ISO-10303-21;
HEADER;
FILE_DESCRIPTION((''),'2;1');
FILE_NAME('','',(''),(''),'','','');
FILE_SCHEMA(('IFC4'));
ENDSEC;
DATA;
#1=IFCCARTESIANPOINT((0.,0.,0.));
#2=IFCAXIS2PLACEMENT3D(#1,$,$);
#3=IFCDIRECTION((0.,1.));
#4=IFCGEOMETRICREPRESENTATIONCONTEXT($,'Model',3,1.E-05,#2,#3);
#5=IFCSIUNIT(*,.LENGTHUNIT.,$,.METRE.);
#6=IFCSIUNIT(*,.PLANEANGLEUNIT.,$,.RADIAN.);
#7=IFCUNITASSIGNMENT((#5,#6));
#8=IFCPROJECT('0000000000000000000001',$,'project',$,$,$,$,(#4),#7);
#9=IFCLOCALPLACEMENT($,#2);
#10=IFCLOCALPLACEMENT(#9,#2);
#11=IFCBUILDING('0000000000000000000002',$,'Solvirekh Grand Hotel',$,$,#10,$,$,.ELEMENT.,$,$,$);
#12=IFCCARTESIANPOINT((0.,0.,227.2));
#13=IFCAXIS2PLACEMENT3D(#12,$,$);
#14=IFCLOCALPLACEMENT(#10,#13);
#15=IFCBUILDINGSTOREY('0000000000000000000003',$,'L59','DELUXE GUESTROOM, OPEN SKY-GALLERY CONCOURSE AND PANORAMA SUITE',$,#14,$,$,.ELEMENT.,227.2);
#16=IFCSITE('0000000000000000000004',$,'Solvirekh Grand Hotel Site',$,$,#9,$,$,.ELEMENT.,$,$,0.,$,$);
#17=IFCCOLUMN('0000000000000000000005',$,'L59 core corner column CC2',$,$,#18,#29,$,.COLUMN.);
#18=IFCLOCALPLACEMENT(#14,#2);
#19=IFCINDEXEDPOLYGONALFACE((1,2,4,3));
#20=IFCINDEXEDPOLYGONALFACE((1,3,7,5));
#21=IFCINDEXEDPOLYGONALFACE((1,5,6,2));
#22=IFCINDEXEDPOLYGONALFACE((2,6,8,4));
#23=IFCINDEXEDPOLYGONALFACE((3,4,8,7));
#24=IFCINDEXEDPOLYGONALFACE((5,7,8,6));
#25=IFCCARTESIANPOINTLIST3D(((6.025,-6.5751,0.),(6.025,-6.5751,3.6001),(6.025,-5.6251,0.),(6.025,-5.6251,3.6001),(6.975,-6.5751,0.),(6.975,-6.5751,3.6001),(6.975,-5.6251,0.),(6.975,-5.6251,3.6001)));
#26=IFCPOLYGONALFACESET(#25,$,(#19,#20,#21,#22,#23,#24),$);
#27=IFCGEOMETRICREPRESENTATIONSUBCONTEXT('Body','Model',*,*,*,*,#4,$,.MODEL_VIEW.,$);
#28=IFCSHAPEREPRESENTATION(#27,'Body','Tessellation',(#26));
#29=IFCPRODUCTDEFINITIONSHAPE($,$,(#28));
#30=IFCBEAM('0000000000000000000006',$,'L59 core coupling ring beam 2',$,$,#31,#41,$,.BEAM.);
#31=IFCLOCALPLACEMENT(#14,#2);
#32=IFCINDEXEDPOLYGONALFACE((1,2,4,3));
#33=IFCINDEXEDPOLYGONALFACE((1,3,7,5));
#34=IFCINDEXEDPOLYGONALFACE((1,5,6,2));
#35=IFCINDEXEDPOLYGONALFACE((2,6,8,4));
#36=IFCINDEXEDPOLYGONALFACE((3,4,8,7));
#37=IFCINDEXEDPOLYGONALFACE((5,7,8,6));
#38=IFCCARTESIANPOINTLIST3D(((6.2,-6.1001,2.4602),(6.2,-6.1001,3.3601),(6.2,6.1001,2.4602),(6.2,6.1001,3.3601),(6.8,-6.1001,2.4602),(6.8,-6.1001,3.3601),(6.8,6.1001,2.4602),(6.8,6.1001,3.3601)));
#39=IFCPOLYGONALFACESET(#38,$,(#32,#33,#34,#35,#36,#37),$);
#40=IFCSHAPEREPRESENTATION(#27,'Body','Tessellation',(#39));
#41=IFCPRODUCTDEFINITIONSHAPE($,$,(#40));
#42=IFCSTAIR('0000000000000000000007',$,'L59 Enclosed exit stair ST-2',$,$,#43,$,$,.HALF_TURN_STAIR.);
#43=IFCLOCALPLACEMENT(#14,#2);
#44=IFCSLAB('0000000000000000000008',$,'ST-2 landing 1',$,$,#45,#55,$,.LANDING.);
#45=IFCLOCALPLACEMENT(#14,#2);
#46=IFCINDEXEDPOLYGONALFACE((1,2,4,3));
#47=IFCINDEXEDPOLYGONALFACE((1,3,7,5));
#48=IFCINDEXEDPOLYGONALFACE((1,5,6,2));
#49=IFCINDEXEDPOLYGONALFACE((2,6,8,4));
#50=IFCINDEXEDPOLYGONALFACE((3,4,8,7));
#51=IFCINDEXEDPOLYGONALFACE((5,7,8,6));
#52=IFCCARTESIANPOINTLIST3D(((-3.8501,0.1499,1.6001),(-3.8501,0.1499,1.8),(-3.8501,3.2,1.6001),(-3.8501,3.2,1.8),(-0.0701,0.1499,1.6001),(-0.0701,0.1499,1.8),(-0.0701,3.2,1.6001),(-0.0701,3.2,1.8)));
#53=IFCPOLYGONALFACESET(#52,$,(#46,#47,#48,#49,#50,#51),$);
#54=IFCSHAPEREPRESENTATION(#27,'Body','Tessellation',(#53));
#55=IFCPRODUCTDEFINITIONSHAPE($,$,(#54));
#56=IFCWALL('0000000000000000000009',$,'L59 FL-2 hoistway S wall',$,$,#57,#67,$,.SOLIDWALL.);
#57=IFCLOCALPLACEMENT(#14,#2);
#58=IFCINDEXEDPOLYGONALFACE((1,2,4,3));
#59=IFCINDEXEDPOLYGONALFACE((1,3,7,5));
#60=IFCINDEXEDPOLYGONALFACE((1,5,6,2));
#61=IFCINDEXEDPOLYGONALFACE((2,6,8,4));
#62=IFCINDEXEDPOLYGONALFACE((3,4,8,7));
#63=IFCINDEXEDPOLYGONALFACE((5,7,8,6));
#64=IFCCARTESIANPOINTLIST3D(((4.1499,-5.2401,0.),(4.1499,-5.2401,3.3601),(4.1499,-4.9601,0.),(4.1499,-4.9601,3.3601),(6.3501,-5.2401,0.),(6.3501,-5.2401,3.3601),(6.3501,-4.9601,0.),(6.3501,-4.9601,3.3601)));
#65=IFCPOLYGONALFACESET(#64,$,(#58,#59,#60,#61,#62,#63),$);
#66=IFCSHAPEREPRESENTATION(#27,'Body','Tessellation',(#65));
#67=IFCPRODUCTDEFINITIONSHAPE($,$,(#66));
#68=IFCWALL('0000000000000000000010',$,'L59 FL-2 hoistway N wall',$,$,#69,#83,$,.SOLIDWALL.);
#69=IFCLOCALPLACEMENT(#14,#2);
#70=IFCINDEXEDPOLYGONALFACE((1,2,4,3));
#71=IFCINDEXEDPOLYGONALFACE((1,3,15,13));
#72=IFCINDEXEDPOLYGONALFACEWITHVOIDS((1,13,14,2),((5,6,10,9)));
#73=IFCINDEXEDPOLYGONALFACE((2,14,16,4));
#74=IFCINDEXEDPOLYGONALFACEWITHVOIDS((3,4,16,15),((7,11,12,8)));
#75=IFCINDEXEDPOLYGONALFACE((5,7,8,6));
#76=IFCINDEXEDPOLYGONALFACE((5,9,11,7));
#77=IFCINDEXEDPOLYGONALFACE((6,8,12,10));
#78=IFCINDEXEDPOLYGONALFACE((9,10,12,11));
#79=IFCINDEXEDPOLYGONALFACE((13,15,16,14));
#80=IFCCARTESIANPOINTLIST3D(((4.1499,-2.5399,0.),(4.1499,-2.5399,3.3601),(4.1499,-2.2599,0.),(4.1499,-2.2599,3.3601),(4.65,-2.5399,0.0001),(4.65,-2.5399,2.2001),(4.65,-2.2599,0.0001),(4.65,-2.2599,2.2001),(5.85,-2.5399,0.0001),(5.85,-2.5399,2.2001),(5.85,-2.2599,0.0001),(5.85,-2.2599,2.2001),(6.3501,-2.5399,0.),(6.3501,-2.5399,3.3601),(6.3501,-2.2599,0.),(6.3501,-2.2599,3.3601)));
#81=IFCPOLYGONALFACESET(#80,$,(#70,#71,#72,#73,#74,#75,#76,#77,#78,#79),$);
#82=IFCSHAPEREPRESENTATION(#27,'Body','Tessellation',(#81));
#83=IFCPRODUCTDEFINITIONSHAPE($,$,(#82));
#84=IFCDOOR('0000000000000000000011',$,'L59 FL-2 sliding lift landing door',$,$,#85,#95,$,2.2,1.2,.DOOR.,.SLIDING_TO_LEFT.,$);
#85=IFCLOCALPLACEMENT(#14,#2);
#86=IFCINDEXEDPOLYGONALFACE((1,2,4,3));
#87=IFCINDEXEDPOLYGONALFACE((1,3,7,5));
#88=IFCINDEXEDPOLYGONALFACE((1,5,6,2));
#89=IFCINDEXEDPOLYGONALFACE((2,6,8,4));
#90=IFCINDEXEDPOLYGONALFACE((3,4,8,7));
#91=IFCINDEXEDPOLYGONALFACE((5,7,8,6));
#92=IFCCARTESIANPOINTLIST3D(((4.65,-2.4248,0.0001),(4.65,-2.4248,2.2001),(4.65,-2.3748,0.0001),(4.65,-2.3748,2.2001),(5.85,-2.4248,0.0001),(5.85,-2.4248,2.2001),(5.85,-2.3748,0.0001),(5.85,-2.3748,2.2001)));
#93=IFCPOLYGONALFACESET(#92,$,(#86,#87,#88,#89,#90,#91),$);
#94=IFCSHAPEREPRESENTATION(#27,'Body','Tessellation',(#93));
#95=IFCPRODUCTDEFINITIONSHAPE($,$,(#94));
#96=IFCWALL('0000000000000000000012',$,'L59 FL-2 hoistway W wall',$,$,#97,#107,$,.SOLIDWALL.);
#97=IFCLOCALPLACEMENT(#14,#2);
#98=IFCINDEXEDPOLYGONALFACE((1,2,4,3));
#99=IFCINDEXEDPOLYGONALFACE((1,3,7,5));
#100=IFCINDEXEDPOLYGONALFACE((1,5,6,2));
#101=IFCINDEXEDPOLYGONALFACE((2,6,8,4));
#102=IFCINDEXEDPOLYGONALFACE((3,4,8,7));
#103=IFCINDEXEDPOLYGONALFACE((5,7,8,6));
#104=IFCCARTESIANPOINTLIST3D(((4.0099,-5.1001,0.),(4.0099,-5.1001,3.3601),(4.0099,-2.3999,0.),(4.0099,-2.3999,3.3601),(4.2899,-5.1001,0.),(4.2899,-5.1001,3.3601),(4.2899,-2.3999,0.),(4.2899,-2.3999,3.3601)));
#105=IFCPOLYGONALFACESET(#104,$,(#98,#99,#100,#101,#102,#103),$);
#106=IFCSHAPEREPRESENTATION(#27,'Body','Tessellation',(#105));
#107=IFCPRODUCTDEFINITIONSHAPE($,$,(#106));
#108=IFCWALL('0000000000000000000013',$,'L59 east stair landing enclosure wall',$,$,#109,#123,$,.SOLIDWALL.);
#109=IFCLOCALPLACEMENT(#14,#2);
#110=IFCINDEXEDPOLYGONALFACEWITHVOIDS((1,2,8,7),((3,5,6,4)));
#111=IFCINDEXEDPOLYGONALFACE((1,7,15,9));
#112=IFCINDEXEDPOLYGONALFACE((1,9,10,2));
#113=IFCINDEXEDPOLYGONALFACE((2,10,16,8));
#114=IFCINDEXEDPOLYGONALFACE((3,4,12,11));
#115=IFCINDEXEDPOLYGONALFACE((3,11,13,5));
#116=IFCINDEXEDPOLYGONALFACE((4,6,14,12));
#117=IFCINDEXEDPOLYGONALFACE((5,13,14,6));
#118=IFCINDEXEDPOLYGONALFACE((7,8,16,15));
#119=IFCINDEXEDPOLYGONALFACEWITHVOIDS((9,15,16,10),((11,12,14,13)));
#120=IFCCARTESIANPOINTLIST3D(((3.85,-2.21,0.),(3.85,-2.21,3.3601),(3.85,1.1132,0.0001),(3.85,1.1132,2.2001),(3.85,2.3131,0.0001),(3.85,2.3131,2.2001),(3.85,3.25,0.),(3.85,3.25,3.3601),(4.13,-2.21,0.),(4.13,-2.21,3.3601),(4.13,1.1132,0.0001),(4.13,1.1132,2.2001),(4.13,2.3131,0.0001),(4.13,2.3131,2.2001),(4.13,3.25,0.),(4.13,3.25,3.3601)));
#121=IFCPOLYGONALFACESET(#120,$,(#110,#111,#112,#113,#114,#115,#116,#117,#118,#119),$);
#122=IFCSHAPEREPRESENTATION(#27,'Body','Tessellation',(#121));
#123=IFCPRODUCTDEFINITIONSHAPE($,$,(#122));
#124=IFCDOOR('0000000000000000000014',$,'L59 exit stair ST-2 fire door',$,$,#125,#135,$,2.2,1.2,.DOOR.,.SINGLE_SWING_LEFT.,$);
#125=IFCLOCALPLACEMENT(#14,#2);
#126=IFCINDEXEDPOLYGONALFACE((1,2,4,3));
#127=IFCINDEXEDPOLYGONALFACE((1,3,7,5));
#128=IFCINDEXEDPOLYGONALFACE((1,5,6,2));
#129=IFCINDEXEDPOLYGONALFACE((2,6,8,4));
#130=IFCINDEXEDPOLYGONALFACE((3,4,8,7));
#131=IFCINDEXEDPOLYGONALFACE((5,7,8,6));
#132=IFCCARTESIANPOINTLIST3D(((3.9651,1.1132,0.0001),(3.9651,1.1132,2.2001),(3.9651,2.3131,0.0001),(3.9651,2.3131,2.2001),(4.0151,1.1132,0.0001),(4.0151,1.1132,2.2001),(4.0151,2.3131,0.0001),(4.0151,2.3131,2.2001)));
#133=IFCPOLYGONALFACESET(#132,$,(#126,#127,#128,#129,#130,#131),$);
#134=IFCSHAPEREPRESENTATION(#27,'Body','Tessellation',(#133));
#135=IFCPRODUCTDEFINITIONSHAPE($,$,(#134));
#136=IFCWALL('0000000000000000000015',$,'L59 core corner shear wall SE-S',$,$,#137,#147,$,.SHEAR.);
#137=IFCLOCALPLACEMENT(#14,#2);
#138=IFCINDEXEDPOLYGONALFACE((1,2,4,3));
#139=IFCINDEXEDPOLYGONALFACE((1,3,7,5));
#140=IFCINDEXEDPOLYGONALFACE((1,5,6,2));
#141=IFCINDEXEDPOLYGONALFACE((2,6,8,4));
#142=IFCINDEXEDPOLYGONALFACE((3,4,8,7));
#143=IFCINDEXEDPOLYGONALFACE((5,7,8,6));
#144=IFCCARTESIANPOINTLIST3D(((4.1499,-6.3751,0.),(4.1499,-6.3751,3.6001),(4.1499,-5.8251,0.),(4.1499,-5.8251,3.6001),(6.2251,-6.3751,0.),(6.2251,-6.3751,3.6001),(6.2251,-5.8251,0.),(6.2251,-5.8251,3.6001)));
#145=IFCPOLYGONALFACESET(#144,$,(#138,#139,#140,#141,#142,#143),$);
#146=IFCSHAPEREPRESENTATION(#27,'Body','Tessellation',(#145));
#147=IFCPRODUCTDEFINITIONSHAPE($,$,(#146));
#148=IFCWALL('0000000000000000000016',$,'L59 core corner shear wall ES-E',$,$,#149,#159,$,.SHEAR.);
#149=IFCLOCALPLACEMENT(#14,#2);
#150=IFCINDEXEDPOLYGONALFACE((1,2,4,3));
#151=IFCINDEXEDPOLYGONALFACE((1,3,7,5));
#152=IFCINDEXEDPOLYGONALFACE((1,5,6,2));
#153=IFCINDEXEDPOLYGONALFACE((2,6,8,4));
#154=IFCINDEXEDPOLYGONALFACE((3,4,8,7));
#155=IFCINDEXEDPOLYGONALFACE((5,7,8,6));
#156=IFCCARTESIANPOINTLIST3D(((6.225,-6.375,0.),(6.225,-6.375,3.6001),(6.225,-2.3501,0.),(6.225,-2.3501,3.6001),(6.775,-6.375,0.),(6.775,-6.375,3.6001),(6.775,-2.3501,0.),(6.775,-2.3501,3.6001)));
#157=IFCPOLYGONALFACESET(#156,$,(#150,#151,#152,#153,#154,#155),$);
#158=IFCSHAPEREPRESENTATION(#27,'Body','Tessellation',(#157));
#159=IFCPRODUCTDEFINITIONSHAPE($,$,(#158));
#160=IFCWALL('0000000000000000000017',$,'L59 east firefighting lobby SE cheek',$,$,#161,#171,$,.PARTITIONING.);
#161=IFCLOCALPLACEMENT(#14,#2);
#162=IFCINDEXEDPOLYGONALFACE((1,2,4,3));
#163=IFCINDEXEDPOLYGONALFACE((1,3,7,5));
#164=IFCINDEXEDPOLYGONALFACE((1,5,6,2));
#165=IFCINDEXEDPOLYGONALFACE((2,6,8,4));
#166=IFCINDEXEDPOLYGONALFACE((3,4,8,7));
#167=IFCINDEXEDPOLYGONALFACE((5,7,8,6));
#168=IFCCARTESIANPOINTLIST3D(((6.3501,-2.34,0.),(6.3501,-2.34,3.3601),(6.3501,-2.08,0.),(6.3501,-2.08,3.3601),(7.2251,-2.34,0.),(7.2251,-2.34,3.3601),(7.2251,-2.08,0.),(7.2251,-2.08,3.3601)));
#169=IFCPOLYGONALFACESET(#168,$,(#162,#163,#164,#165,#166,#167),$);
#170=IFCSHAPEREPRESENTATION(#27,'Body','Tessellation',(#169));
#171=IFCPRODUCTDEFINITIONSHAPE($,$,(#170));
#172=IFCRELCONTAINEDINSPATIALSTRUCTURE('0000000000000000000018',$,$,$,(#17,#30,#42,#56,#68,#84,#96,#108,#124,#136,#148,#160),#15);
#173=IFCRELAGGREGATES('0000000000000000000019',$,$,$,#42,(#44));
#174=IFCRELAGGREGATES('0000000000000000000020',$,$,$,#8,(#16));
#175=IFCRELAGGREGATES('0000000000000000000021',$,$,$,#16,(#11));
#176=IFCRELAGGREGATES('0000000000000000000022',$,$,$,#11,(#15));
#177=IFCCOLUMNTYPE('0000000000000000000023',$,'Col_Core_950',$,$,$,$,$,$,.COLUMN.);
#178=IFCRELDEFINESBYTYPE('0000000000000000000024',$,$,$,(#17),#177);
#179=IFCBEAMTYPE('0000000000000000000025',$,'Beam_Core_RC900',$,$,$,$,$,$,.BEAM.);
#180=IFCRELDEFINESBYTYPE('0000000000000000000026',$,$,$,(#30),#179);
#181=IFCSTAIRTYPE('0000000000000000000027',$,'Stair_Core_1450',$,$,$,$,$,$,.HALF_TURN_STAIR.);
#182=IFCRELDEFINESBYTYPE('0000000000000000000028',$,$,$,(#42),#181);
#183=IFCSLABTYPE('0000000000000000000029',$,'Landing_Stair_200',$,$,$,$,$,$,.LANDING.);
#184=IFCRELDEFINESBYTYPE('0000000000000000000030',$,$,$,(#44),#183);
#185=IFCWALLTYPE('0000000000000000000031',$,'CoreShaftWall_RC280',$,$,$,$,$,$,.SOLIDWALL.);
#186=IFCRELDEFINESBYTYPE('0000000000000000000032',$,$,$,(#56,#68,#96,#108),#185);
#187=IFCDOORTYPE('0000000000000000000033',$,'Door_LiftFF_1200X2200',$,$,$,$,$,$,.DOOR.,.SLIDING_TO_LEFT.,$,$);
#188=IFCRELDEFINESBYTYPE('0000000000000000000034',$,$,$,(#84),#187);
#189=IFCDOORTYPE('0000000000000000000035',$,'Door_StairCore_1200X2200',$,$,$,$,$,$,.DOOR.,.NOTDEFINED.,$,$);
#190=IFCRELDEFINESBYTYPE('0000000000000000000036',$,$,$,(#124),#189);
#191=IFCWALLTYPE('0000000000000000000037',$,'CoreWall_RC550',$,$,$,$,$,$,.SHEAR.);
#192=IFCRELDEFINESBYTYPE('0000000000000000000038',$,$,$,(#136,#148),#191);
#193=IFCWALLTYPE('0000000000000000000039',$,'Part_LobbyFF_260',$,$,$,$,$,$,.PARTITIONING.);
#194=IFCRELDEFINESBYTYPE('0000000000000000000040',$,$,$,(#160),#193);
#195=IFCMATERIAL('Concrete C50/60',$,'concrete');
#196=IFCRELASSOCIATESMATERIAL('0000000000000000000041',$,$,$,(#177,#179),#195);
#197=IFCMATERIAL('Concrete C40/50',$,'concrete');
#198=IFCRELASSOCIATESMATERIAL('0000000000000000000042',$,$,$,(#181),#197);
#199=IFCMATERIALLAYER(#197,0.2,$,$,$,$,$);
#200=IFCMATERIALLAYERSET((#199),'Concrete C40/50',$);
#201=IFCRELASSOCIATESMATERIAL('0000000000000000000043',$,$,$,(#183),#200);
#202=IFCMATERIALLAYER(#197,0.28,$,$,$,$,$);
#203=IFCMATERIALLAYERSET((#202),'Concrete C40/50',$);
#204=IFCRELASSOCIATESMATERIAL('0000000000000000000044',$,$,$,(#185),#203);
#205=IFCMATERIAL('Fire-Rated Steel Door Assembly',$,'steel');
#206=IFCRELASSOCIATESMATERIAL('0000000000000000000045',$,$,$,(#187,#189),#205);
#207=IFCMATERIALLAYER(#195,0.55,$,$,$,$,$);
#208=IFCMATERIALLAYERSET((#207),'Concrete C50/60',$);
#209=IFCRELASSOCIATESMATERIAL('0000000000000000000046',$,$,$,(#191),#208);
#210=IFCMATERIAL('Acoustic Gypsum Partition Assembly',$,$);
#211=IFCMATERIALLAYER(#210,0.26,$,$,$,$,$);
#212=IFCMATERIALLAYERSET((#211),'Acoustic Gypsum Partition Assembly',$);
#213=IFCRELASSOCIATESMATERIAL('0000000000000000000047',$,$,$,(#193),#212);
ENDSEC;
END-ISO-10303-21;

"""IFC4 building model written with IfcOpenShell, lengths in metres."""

from ifc_helpers import new_model, si_unit, direction, frame, frame_2d, origin, origin_2d, place, context, subcontext, project, spatial, polyline, rectangle, outline, extrude, material, layer, layer_set, material_profile, profile_set, type_object, element, fill, aggregate, save


model = new_model("IFC4")

# Units and contexts
model_context = context("Model", 3, precision=1e-05, world=origin(), true_north=direction((0.0, 1.0)))
body_context = subcontext(model_context, "Body", "Model", "MODEL_VIEW")
ifc_project = project(units=[si_unit("LENGTHUNIT", "METRE"), si_unit("PLANEANGLEUNIT", "RADIAN")], contexts=[model_context])

# Site, building, storey
site_placement = place(None, origin())
site = spatial("IfcSite", under=ifc_project, at=site_placement, Name="Solvirekh Grand Hotel Site", CompositionType="ELEMENT", RefElevation=0.0)
building_placement = place(site_placement, origin())
building = spatial("IfcBuilding", under=site, at=building_placement, Name="Solvirekh Grand Hotel", CompositionType="ELEMENT")
storey_placement = place(building_placement, frame((0.0, 0.0, 227.2)))
storey = spatial("IfcBuildingStorey", under=building, at=storey_placement, Name="L59", Description="DELUXE GUESTROOM, OPEN SKY-GALLERY CONCOURSE AND PANORAMA SUITE", CompositionType="ELEMENT", Elevation=227.2)

# Column
ifc_material_1 = material(Name="Concrete C50/60", Category="concrete")
ifc_material_profile_1 = material_profile(ifc_material_1, rectangle(XDim=0.95, YDim=0.95, at=origin_2d()), Name="RC 950X950")
ifc_profile_set_1 = profile_set([ifc_material_profile_1], Name="Concrete C50/60")
column_type = type_object("IfcColumnType", Name="Col_Core_950", PredefinedType="COLUMN", material=ifc_profile_set_1)
column_placement = place(storey_placement, frame((6.5, -6.1001, 0.0), z_axis=(0.0, 0.0, 1.0), x_axis=(1.0, 0.0, 0.0)))
element("IfcColumn", 1, at=column_placement, inside=storey, type_object=column_type, Name="L59 core corner column CC2", PredefinedType="COLUMN", context=body_context, shape_type="SweptSolid", body=[
    extrude(rectangle(XDim=0.95, YDim=0.95, at=origin_2d()), origin(), (0.0, 0.0, 1.0), 3.6001),
])

# Beam
ifc_material_profile_2 = material_profile(ifc_material_1, rectangle(XDim=0.6001, YDim=0.8999, at=origin_2d()), Name="RC BEAM 600X900")
ifc_profile_set_2 = profile_set([ifc_material_profile_2], Name="Concrete C50/60")
beam_type = type_object("IfcBeamType", Name="Beam_Core_RC900", PredefinedType="BEAM", material=ifc_profile_set_2)
beam_placement = place(storey_placement, frame((6.5, -6.1001, 2.9102), z_axis=(0.0, 1.0, 0.0), x_axis=(-1.0, 0.0, 0.0)))
element("IfcBeam", 2, at=beam_placement, inside=storey, type_object=beam_type, Name="L59 core coupling ring beam 2", PredefinedType="BEAM", context=body_context, shape_type="SweptSolid", body=[
    extrude(rectangle(XDim=0.6001, YDim=0.8999, at=origin_2d()), origin(), (0.0, 0.0, 1.0), 12.2002),
])

# Stair, slab
ifc_material_2 = material(Name="Concrete C40/50", Category="concrete")
stair_type = type_object("IfcStairType", Name="Stair_Core_1450", PredefinedType="HALF_TURN_STAIR", material=ifc_material_2)
stair_1_placement = place(storey_placement, origin())
stair_1 = element("IfcStair", 3, at=stair_1_placement, inside=storey, type_object=stair_type, Name="L59 Enclosed exit stair ST-2", PredefinedType="HALF_TURN_STAIR")
ifc_layer_1 = layer(ifc_material_2, 0.2)
ifc_layer_set_1 = layer_set([ifc_layer_1], Name="Concrete C40/50")
slab_type = type_object("IfcSlabType", Name="Landing_Stair_200", PredefinedType="LANDING", material=ifc_layer_set_1)
slab_placement = place(storey_placement, frame((0.0, 0.0, 1.6001)))
slab = element("IfcSlab", 4, at=slab_placement, type_object=slab_type, Name="ST-2 landing 1", PredefinedType="LANDING", context=body_context, shape_type="SweptSolid", body=[
    extrude(outline(polyline([(-0.0701, 3.2), (-3.8501, 3.2), (-3.8501, 0.1499), (-0.0701, 0.1499), (-0.0701, 3.2)])), origin(), (0.0, 0.0, 1.0), 0.2),
])
aggregate(stair_1, [slab])

# Wall
ifc_layer_2 = layer(ifc_material_2, 0.28)
ifc_layer_set_2 = layer_set([ifc_layer_2], Name="Concrete C40/50")
wall_type_1 = type_object("IfcWallType", Name="CoreShaftWall_RC280", PredefinedType="SOLIDWALL", material=ifc_layer_set_2)
wall_1_placement = place(storey_placement, frame((4.1499, -5.1001, 0.0), z_axis=(0.0, 0.0, 1.0), x_axis=(1.0, 0.0, 0.0)))
element("IfcWall", 5, at=wall_1_placement, inside=storey, type_object=wall_type_1, Name="L59 FL-2 hoistway S wall", PredefinedType="SOLIDWALL", context=body_context, shape_type="SweptSolid", body=[
    extrude(rectangle(XDim=2.2002, YDim=0.28, at=frame_2d((1.1001, 0.0))), origin(), (0.0, 0.0, 1.0), 3.3601),
])

# Wall, opening, door
wall_2_placement = place(storey_placement, frame((6.3501, -2.3999, 0.0), z_axis=(0.0, 0.0, 1.0), x_axis=(-1.0, 0.0, 0.0)))
wall_2 = element("IfcWall", 6, at=wall_2_placement, inside=storey, type_object=wall_type_1, Name="L59 FL-2 hoistway N wall", PredefinedType="SOLIDWALL", context=body_context, shape_type="SweptSolid", body=[
    extrude(rectangle(XDim=2.2002, YDim=0.28, at=frame_2d((1.1001, 0.0))), origin(), (0.0, 0.0, 1.0), 3.3601),
])
opening_1_placement = place(wall_2_placement, frame((0.5, 0.0, 0.0)))
opening_1 = element("IfcOpeningElement", 7, at=opening_1_placement, cuts=wall_2, PredefinedType="OPENING", context=body_context, shape_type="SweptSolid", body=[
    extrude(rectangle(XDim=1.2, YDim=2.2, at=frame_2d((0.6001, 1.1001))), frame((0.0, 0.1499, 0.0), z_axis=(0.0, -1.0, 0.0), x_axis=(1.0, 0.0, 0.0)), (0.0, 0.0, 1.0), 0.3),
])
ifc_material_3 = material(Name="Fire-Rated Steel Door Assembly", Category="steel")
door_type_1 = type_object("IfcDoorType", Name="Door_LiftFF_1200X2200", OperationType="SLIDING_TO_LEFT", PredefinedType="DOOR", material=ifc_material_3)
door_1_placement = place(opening_1_placement, origin())
door_1 = element("IfcDoor", 8, at=door_1_placement, inside=storey, type_object=door_type_1, Name="L59 FL-2 sliding lift landing door", OperationType="SLIDING_TO_LEFT", OverallHeight=2.2, OverallWidth=1.2, PredefinedType="DOOR", context=body_context, shape_type="SweptSolid", body=[
    extrude(rectangle(XDim=1.2, YDim=2.2, at=frame_2d((0.6001, 1.1001))), frame((0.0, 0.0249, 0.0), z_axis=(0.0, -1.0, 0.0), x_axis=(1.0, 0.0, 0.0)), (0.0, 0.0, 1.0), 0.05),
])
fill(opening_1, door_1)

# Wall
wall_3_placement = place(storey_placement, frame((4.1499, -2.3999, 0.0), z_axis=(0.0, 0.0, 1.0), x_axis=(0.0, -1.0, 0.0)))
element("IfcWall", 9, at=wall_3_placement, inside=storey, type_object=wall_type_1, Name="L59 FL-2 hoistway W wall", PredefinedType="SOLIDWALL", context=body_context, shape_type="SweptSolid", body=[
    extrude(rectangle(XDim=2.7002, YDim=0.28, at=frame_2d((1.3501, 0.0))), origin(), (0.0, 0.0, 1.0), 3.3601),
])

# Wall, opening, door
wall_4_placement = place(storey_placement, frame((3.99, -2.21, 0.0), z_axis=(0.0, 0.0, 1.0), x_axis=(0.0, 1.0, 0.0)))
wall_4 = element("IfcWall", 10, at=wall_4_placement, inside=storey, type_object=wall_type_1, Name="L59 east stair landing enclosure wall", PredefinedType="SOLIDWALL", context=body_context, shape_type="SweptSolid", body=[
    extrude(rectangle(XDim=5.46, YDim=0.28, at=frame_2d((2.73, 0.0))), origin(), (0.0, 0.0, 1.0), 3.3601),
])
opening_2_placement = place(wall_4_placement, frame((3.323, 0.0, 0.0)))
opening_2 = element("IfcOpeningElement", 11, at=opening_2_placement, cuts=wall_4, PredefinedType="OPENING", context=body_context, shape_type="SweptSolid", body=[
    extrude(rectangle(XDim=1.2, YDim=2.2, at=frame_2d((0.6001, 1.1001))), frame((0.0, 0.1499, 0.0), z_axis=(0.0, -1.0, 0.0), x_axis=(1.0, 0.0, 0.0)), (0.0, 0.0, 1.0), 0.3),
])
door_type_2 = type_object("IfcDoorType", Name="Door_StairCore_1200X2200", OperationType="NOTDEFINED", PredefinedType="DOOR", material=ifc_material_3)
door_2_placement = place(opening_2_placement, origin())
door_2 = element("IfcDoor", 12, at=door_2_placement, inside=storey, type_object=door_type_2, Name="L59 exit stair ST-2 fire door", OperationType="SINGLE_SWING_LEFT", OverallHeight=2.2, OverallWidth=1.2, PredefinedType="DOOR", context=body_context, shape_type="SweptSolid", body=[
    extrude(rectangle(XDim=1.2, YDim=2.2, at=frame_2d((0.6001, 1.1001))), frame((0.0, 0.0249, 0.0), z_axis=(0.0, -1.0, 0.0), x_axis=(1.0, 0.0, 0.0)), (0.0, 0.0, 1.0), 0.05),
])
fill(opening_2, door_2)

# Walls
ifc_layer_3 = layer(ifc_material_1, 0.55)
ifc_layer_set_3 = layer_set([ifc_layer_3], Name="Concrete C50/60")
wall_type_2 = type_object("IfcWallType", Name="CoreWall_RC550", PredefinedType="SHEAR", material=ifc_layer_set_3)
wall_5_placement = place(storey_placement, frame((4.1499, -6.1001, 0.0), z_axis=(0.0, 0.0, 1.0), x_axis=(1.0, 0.0, 0.0)))
element("IfcWall", 13, at=wall_5_placement, inside=storey, type_object=wall_type_2, Name="L59 core corner shear wall SE-S", PredefinedType="SHEAR", context=body_context, shape_type="SweptSolid", body=[
    extrude(rectangle(XDim=2.0752, YDim=0.55, at=frame_2d((1.0376, 0.0))), origin(), (0.0, 0.0, 1.0), 3.6001),
])
wall_6_placement = place(storey_placement, frame((6.5, -6.375, 0.0), z_axis=(0.0, 0.0, 1.0), x_axis=(0.0, 1.0, 0.0)))
element("IfcWall", 14, at=wall_6_placement, inside=storey, type_object=wall_type_2, Name="L59 core corner shear wall ES-E", PredefinedType="SHEAR", context=body_context, shape_type="SweptSolid", body=[
    extrude(rectangle(XDim=4.0249, YDim=0.55, at=frame_2d((2.0125, 0.0))), origin(), (0.0, 0.0, 1.0), 3.6001),
])

# Shared definitions
ifc_material_4 = material(Name="Acoustic Gypsum Partition Assembly")

# Wall
ifc_layer_4 = layer(ifc_material_4, 0.26)
ifc_layer_set_4 = layer_set([ifc_layer_4], Name="Acoustic Gypsum Partition Assembly")
wall_type_3 = type_object("IfcWallType", Name="Part_LobbyFF_260", PredefinedType="PARTITIONING", material=ifc_layer_set_4)
wall_7_placement = place(storey_placement, frame((6.3501, -2.21, 0.0), z_axis=(0.0, 0.0, 1.0), x_axis=(1.0, 0.0, 0.0)))
element("IfcWall", 15, at=wall_7_placement, inside=storey, type_object=wall_type_3, Name="L59 east firefighting lobby SE cheek", PredefinedType="PARTITIONING", context=body_context, shape_type="SweptSolid", body=[
    extrude(rectangle(XDim=0.875, YDim=0.26, at=frame_2d((0.4375, 0.0))), origin(), (0.0, 0.0, 1.0), 3.3601),
])

save(model, "model.ifc")
